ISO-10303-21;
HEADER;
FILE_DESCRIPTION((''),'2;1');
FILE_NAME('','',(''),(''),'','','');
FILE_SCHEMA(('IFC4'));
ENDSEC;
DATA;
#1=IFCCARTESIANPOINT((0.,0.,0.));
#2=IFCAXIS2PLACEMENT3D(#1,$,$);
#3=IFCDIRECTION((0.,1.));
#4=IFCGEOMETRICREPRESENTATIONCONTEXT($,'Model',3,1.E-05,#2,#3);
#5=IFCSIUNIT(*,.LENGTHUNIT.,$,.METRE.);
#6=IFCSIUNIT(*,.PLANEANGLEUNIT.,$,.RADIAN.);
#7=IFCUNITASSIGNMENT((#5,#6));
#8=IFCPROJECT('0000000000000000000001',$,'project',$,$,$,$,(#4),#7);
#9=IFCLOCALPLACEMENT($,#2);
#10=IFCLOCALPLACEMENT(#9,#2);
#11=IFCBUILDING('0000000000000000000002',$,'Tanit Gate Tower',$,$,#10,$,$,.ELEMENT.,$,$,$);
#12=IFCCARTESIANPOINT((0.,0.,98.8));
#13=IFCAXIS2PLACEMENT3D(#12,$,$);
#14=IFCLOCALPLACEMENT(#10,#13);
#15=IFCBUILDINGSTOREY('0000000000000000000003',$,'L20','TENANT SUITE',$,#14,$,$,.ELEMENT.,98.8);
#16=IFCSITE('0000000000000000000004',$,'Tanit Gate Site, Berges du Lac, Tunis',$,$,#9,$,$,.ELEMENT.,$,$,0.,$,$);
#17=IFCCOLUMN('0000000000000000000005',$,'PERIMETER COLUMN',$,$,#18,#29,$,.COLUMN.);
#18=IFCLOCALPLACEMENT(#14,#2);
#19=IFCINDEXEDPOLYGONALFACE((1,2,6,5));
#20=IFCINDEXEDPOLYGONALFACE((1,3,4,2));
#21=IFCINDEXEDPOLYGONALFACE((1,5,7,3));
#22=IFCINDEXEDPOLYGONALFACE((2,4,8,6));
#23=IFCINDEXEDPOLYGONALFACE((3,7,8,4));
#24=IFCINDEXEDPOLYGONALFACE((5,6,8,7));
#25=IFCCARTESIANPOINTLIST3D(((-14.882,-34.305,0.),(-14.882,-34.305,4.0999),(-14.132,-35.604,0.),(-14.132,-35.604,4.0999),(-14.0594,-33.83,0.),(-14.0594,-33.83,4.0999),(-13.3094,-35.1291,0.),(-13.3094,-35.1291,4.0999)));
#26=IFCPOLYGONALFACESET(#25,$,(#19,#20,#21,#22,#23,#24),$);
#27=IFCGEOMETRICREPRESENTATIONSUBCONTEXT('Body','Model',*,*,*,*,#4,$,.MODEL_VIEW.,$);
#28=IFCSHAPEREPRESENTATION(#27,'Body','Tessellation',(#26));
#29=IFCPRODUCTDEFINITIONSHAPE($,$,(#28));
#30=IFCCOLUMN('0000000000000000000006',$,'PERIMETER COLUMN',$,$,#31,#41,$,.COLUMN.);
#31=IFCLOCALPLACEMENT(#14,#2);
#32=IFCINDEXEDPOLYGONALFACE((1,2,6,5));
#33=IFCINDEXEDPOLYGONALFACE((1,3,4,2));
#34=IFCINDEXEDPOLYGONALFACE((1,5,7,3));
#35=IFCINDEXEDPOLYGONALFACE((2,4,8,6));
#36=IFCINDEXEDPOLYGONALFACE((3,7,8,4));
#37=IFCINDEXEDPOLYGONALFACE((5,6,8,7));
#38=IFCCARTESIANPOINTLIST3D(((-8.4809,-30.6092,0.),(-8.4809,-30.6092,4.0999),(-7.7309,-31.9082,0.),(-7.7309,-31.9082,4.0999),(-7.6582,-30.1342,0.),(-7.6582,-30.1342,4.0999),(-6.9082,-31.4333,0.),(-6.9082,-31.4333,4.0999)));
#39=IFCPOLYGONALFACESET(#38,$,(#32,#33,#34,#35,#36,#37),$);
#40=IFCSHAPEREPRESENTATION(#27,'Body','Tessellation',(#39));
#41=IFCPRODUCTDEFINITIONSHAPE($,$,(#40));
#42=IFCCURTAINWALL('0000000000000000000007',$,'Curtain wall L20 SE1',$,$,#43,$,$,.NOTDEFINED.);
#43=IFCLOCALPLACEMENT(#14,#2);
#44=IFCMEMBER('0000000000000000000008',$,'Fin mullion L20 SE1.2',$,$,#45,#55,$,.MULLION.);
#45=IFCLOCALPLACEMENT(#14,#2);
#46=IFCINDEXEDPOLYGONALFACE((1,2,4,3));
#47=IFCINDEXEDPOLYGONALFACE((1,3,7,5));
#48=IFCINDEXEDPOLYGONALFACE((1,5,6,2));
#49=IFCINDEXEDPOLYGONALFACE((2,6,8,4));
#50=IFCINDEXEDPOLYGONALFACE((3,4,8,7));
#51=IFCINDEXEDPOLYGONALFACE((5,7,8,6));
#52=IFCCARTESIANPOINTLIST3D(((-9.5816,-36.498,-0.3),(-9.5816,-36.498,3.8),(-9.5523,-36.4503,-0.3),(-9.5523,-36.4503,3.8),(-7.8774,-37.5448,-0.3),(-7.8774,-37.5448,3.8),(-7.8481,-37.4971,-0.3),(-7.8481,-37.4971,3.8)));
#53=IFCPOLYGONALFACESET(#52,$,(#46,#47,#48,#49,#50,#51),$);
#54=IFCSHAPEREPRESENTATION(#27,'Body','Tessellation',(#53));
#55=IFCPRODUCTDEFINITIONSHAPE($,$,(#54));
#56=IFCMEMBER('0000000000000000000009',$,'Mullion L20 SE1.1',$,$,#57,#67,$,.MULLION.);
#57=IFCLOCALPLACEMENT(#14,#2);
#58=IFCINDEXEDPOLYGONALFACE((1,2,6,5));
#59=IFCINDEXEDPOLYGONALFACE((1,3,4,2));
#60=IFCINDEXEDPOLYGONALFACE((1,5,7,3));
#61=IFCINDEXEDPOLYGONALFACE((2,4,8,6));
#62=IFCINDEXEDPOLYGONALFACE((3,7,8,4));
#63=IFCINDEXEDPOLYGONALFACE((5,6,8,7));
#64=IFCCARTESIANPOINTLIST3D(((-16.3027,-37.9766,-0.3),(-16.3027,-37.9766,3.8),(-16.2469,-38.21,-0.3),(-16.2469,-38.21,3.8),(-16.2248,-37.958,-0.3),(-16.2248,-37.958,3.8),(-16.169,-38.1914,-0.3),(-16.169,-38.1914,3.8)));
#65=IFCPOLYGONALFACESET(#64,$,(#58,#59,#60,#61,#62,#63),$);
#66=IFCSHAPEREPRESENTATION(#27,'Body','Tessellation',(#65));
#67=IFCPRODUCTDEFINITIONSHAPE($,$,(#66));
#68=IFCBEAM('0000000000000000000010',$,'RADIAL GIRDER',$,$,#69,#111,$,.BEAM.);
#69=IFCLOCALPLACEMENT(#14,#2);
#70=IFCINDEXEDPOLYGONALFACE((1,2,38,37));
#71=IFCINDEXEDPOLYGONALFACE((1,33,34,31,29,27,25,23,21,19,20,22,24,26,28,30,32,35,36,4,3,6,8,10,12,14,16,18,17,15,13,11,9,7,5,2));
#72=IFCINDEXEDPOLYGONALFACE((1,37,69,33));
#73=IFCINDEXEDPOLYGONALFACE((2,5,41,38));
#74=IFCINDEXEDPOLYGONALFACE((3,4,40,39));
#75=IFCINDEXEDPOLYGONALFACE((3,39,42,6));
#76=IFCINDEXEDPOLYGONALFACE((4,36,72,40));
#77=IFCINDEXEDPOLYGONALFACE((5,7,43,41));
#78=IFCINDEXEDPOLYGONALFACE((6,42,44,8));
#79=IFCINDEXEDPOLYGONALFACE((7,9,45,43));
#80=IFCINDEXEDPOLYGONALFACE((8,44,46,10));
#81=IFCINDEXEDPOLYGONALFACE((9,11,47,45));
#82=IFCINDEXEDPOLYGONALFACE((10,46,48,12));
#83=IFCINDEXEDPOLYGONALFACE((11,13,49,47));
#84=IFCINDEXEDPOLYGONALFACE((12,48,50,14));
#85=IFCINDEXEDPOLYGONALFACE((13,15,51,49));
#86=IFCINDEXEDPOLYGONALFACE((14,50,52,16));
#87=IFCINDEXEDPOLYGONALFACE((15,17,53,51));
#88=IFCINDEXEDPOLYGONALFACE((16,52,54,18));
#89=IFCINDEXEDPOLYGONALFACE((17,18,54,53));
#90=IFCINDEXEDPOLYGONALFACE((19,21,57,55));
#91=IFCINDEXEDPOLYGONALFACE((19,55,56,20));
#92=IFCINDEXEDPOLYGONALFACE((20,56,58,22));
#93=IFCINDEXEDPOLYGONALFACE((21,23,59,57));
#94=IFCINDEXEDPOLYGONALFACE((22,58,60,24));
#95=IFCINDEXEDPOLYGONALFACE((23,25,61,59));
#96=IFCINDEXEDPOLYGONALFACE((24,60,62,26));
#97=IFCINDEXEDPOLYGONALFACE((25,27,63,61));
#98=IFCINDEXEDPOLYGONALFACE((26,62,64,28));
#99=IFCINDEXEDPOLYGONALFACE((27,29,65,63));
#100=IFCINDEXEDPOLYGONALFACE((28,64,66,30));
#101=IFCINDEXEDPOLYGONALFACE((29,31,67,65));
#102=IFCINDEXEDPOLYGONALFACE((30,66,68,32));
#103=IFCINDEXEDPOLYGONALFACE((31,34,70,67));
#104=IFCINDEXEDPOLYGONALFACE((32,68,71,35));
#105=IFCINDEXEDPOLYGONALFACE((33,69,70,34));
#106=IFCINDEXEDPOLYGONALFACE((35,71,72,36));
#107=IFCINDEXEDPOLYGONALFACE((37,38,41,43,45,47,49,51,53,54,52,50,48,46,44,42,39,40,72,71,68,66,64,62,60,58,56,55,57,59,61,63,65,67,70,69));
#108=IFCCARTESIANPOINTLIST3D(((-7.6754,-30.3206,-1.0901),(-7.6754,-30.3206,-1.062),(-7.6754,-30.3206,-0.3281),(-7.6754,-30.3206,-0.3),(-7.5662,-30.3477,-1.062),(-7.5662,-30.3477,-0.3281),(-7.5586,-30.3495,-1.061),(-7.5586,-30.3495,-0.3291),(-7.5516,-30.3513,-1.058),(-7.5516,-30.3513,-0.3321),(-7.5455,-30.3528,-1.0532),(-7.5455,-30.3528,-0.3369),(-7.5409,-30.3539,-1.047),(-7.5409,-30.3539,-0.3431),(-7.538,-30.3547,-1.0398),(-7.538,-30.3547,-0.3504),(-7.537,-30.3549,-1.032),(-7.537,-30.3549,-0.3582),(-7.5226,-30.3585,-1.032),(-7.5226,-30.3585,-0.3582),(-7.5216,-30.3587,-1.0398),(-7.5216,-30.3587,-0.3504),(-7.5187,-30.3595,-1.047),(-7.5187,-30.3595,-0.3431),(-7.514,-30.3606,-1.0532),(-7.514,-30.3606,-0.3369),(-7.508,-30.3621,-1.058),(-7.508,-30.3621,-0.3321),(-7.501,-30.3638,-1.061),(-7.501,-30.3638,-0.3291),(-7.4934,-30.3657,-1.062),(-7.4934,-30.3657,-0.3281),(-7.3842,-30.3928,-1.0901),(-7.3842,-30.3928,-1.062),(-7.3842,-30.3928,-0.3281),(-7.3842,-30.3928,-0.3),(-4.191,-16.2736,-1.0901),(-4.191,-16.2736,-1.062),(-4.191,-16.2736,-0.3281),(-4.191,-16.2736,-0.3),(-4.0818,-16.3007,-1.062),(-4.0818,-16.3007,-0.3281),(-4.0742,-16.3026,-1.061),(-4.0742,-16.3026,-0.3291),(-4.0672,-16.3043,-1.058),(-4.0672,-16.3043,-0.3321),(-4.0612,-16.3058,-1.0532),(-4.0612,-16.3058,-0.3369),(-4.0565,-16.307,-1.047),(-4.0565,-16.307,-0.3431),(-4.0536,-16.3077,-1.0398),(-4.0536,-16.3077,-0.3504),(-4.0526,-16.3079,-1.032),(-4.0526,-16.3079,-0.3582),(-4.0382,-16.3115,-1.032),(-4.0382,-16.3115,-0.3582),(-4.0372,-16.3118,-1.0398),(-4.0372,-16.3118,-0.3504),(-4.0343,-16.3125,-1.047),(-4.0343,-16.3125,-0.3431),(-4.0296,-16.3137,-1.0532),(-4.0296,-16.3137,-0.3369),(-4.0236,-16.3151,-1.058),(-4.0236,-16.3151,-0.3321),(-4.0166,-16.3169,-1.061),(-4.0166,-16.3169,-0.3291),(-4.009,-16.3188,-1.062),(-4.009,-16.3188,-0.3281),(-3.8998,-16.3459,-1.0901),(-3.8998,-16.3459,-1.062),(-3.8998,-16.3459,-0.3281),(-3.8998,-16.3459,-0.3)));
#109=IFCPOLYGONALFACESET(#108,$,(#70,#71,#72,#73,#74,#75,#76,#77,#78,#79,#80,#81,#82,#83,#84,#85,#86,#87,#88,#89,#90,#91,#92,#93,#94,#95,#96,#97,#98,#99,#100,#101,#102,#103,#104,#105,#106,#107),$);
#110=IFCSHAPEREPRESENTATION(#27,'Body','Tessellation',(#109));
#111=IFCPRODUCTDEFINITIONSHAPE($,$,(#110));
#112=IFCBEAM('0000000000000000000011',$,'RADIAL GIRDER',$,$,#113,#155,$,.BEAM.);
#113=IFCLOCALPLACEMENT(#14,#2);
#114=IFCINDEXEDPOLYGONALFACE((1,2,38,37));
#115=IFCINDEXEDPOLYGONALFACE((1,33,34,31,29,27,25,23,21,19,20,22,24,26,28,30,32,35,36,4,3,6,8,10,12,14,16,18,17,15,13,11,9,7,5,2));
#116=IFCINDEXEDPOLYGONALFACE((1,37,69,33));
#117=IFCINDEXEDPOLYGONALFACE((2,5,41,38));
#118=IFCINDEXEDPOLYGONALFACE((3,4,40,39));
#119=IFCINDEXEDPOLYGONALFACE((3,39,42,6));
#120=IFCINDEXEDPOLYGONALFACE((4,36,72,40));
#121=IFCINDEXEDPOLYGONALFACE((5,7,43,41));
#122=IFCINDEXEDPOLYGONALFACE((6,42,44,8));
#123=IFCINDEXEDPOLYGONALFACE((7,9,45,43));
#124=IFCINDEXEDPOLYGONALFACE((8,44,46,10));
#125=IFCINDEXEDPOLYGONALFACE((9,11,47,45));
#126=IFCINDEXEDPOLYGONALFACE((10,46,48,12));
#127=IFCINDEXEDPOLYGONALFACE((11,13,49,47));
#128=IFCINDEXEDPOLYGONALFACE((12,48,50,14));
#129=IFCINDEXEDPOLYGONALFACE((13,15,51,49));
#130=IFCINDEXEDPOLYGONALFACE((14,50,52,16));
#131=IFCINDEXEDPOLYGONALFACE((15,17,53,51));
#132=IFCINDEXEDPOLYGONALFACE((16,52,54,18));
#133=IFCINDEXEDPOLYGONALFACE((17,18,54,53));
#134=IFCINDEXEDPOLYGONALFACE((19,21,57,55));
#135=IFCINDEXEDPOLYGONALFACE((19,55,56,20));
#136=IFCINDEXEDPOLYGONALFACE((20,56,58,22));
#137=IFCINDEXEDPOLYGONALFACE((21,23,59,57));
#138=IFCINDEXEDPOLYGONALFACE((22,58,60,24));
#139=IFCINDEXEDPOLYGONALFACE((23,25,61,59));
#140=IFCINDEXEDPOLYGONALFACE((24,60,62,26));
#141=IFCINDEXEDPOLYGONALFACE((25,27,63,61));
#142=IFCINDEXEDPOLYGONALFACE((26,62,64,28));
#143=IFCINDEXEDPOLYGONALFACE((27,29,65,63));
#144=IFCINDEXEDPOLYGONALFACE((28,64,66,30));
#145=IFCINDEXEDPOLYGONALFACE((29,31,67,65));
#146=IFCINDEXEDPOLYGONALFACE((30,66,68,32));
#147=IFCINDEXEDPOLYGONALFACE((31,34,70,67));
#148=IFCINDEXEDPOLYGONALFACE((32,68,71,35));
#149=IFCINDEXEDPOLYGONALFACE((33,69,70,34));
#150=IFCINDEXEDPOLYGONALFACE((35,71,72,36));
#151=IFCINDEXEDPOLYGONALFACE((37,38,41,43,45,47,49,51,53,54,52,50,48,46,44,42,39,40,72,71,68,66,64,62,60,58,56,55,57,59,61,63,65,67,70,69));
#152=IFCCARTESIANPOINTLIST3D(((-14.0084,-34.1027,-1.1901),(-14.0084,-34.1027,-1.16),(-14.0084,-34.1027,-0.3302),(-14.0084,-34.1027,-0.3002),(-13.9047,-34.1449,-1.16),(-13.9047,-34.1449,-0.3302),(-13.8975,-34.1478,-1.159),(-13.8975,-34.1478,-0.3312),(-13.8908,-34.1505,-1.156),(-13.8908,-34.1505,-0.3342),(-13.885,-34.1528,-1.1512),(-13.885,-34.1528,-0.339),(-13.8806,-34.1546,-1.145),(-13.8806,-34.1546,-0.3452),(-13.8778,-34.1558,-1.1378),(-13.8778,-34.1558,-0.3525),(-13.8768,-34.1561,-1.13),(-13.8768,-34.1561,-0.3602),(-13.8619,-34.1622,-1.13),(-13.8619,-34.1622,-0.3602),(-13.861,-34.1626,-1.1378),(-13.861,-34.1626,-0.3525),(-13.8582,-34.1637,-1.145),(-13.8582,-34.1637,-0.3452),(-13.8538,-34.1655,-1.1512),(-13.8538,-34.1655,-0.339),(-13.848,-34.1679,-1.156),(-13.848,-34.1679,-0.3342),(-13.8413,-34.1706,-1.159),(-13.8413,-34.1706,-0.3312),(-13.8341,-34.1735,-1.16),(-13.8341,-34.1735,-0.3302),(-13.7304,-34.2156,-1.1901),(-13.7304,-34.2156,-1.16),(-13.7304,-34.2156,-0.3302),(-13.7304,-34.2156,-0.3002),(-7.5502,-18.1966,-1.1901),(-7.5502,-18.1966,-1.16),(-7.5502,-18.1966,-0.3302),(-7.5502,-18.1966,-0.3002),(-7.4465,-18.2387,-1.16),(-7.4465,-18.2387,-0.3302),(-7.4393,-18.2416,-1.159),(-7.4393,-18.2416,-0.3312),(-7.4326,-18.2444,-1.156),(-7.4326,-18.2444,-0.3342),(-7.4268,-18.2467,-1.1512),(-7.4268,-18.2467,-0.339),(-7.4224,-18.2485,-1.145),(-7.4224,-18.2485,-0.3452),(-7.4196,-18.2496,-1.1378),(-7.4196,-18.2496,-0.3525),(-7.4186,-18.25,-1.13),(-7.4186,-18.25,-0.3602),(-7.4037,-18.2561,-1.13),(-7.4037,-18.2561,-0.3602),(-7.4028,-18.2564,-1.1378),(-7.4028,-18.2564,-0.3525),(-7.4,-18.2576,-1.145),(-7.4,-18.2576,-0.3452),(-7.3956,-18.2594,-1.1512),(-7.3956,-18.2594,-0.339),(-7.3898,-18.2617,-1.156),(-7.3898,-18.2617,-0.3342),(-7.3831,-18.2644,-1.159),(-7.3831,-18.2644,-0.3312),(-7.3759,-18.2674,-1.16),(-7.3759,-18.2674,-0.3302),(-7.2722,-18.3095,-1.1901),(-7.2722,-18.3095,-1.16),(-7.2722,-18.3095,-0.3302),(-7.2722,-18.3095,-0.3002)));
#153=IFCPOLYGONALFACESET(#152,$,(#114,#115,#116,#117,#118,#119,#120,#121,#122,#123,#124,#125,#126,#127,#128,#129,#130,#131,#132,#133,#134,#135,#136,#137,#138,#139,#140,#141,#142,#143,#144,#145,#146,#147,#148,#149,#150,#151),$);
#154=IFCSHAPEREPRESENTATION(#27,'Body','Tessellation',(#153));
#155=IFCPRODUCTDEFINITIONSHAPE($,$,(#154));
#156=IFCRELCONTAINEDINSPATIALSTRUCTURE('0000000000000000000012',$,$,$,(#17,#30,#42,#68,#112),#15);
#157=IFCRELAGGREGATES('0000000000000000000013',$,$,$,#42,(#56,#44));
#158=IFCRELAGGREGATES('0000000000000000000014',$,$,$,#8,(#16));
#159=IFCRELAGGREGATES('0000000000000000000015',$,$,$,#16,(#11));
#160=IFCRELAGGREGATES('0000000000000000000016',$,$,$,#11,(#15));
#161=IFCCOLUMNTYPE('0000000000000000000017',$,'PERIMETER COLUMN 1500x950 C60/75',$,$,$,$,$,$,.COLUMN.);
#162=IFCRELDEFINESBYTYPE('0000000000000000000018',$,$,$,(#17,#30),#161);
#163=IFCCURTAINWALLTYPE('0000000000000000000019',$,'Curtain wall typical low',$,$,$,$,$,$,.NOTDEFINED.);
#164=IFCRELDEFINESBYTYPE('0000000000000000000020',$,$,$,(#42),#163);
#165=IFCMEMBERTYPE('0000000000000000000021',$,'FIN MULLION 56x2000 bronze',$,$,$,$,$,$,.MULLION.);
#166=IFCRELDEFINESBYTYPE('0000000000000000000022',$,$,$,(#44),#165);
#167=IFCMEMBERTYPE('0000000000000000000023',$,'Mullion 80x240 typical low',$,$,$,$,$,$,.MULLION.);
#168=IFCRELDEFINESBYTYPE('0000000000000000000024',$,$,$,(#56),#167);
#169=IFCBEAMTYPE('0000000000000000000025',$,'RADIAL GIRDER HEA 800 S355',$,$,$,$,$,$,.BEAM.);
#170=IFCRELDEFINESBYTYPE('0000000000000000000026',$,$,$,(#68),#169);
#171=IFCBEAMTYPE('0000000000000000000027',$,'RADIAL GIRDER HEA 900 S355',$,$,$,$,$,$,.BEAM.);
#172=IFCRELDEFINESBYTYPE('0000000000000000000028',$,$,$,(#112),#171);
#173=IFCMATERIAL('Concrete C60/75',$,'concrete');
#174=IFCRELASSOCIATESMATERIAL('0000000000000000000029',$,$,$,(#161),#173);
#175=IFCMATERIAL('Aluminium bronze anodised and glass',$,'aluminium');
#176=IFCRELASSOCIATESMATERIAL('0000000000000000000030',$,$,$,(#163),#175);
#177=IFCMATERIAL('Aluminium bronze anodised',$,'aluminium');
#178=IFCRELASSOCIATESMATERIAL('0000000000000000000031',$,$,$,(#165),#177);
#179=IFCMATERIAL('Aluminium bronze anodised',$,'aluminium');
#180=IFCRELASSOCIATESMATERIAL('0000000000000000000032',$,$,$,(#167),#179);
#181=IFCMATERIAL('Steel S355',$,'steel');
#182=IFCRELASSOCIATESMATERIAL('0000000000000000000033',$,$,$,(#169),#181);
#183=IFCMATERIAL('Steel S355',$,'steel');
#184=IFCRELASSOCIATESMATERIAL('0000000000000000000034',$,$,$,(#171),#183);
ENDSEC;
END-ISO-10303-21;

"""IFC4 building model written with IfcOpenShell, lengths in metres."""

from ifc_helpers import new_model, si_unit, direction, frame, origin, origin_2d, place, context, subcontext, project, spatial, rectangle, i_section, extrude, material, material_profile, profile_set, type_object, element, aggregate, save


model = new_model("IFC4")

# Units and contexts
model_context = context("Model", 3, precision=1e-05, world=origin(), true_north=direction((0.0, 1.0)))
body_context = subcontext(model_context, "Body", "Model", "MODEL_VIEW")
ifc_project = project(units=[si_unit("LENGTHUNIT", "METRE"), si_unit("PLANEANGLEUNIT", "RADIAN")], contexts=[model_context])

# Site, building, storey
site_placement = place(None, origin())
site = spatial("IfcSite", under=ifc_project, at=site_placement, Name="Tanit Gate Site, Berges du Lac, Tunis", CompositionType="ELEMENT", RefElevation=0.0)
building_placement = place(site_placement, origin())
building = spatial("IfcBuilding", under=site, at=building_placement, Name="Tanit Gate Tower", CompositionType="ELEMENT")
storey_placement = place(building_placement, frame((0.0, 0.0, 98.8)))
storey = spatial("IfcBuildingStorey", under=building, at=storey_placement, Name="L20", Description="TENANT SUITE", CompositionType="ELEMENT", Elevation=98.8)

# Columns
ifc_material_1 = material(Name="Concrete C60/75", Category="concrete")
ifc_material_profile_1 = material_profile(ifc_material_1, rectangle(XDim=1.5, YDim=0.95, at=origin_2d()), Name="RC 1500x950")
ifc_profile_set_1 = profile_set([ifc_material_profile_1], Name="Concrete C60/75")
column_type = type_object("IfcColumnType", Name="PERIMETER COLUMN 1500x950 C60/75", PredefinedType="COLUMN", material=ifc_profile_set_1)
for number, where, z_axis, x_axis, name in (
    (1, (-14.0957, -34.717, 0.0), (0.0, 0.0, 1.0), (0.5, -0.866025, 0.0), "PERIMETER COLUMN"),
    (2, (-7.6946, -31.0212, 0.0), (0.0, 0.0, 1.0), (0.5, -0.866025, 0.0), "PERIMETER COLUMN"),
):
    element("IfcColumn", number, at=place(storey_placement, frame(where, z_axis=z_axis, x_axis=x_axis)), inside=storey, type_object=column_type, Name=name, PredefinedType="COLUMN", context=body_context, shape_type="SweptSolid", body=[
        extrude(rectangle(XDim=1.5, YDim=0.95, at=origin_2d()), origin(), (0.0, 0.0, 1.0), 4.0999),
    ])

# Curtain wall, members
ifc_material_2 = material(Name="Aluminium bronze anodised and glass", Category="aluminium")
curtain_wall_type = type_object("IfcCurtainWallType", Name="Curtain wall typical low", PredefinedType="NOTDEFINED", material=ifc_material_2)
curtain_wall_placement = place(storey_placement, origin())
curtain_wall = element("IfcCurtainWall", 3, at=curtain_wall_placement, inside=storey, type_object=curtain_wall_type, Name="Curtain wall L20 SE1", PredefinedType="NOTDEFINED")
ifc_material_3 = material(Name="Aluminium bronze anodised", Category="aluminium")
ifc_material_profile_2 = material_profile(ifc_material_3, rectangle(XDim=2.0, YDim=0.0559, at=origin_2d()), Name="56x2000 bronze fin mullion")
ifc_profile_set_2 = profile_set([ifc_material_profile_2], Name="Aluminium bronze anodised")
member_type_1 = type_object("IfcMemberType", Name="FIN MULLION 56x2000 bronze", PredefinedType="MULLION", material=ifc_profile_set_2)
member_1_placement = place(storey_placement, frame((-8.7148, -36.9976, -0.3), z_axis=(0.0, 0.0, 1.0), x_axis=(-0.852083, 0.523407, 0.0)))
member_1 = element("IfcMember", 4, at=member_1_placement, type_object=member_type_1, Name="Fin mullion L20 SE1.2", PredefinedType="MULLION", context=body_context, shape_type="SweptSolid", body=[
    extrude(rectangle(XDim=2.0, YDim=0.0559, at=origin_2d()), origin(), (0.0, 0.0, 1.0), 4.1001),
])
ifc_material_4 = material(Name="Aluminium bronze anodised", Category="aluminium")
ifc_material_profile_3 = material_profile(ifc_material_4, rectangle(XDim=0.24, YDim=0.0801, at=origin_2d()), Name="80x240 bronze mullion")
ifc_profile_set_3 = profile_set([ifc_material_profile_3], Name="Aluminium bronze anodised")
member_type_2 = type_object("IfcMemberType", Name="Mullion 80x240 typical low", PredefinedType="MULLION", material=ifc_profile_set_3)
member_2_placement = place(storey_placement, frame((-16.2358, -38.084, -0.3), z_axis=(0.0, 0.0, 1.0), x_axis=(-0.232409, 0.972618, 0.0)))
member_2 = element("IfcMember", 5, at=member_2_placement, type_object=member_type_2, Name="Mullion L20 SE1.1", PredefinedType="MULLION", context=body_context, shape_type="SweptSolid", body=[
    extrude(rectangle(XDim=0.24, YDim=0.0801, at=origin_2d()), origin(), (0.0, 0.0, 1.0), 4.1001),
])

# Beams
ifc_material_5 = material(Name="Steel S355", Category="steel")
ifc_material_profile_4 = material_profile(ifc_material_5, i_section(OverallWidth=0.3, OverallDepth=0.79, WebThickness=0.0149, FlangeThickness=0.0281, FilletRadius=0.03, at=origin_2d()), Name="HEA 800")
ifc_profile_set_4 = profile_set([ifc_material_profile_4], Name="Steel S355")
beam_type_1 = type_object("IfcBeamType", Name="RADIAL GIRDER HEA 800 S355", PredefinedType="BEAM", material=ifc_profile_set_4)
beam_1_placement = place(storey_placement, frame((-7.5298, -30.3567, -0.6951), z_axis=(0.240757, 0.970585, 0.0), x_axis=(-0.970585, 0.240757, 0.0)))
element("IfcBeam", 6, at=beam_1_placement, inside=storey, type_object=beam_type_1, Name="RADIAL GIRDER", PredefinedType="BEAM", context=body_context, shape_type="SweptSolid", body=[
    extrude(i_section(OverallWidth=0.3, OverallDepth=0.79, WebThickness=0.0149, FlangeThickness=0.0281, FilletRadius=0.03, at=origin_2d()), origin(), (0.0, 0.0, 1.0), 14.4727),
])
ifc_material_6 = material(Name="Steel S355", Category="steel")
ifc_material_profile_5 = material_profile(ifc_material_6, i_section(OverallWidth=0.3, OverallDepth=0.8899, WebThickness=0.0161, FlangeThickness=0.03, FilletRadius=0.03, at=origin_2d()), Name="HEA 900")
ifc_profile_set_5 = profile_set([ifc_material_profile_5], Name="Steel S355")
beam_type_2 = type_object("IfcBeamType", Name="RADIAL GIRDER HEA 900 S355", PredefinedType="BEAM", material=ifc_profile_set_5)
beam_2_placement = place(storey_placement, frame((-13.8694, -34.1592, -0.7451), z_axis=(0.376194, 0.926541, 0.0), x_axis=(-0.926541, 0.376194, 0.0)))
element("IfcBeam", 7, at=beam_2_placement, inside=storey, type_object=beam_type_2, Name="RADIAL GIRDER", PredefinedType="BEAM", context=body_context, shape_type="SweptSolid", body=[
    extrude(i_section(OverallWidth=0.3, OverallDepth=0.8899, WebThickness=0.0161, FlangeThickness=0.03, FilletRadius=0.03, at=origin_2d()), origin(), (0.0, 0.0, 1.0), 17.1672),
])

aggregate(curtain_wall, [member_2, member_1])

save(model, "model.ifc")
